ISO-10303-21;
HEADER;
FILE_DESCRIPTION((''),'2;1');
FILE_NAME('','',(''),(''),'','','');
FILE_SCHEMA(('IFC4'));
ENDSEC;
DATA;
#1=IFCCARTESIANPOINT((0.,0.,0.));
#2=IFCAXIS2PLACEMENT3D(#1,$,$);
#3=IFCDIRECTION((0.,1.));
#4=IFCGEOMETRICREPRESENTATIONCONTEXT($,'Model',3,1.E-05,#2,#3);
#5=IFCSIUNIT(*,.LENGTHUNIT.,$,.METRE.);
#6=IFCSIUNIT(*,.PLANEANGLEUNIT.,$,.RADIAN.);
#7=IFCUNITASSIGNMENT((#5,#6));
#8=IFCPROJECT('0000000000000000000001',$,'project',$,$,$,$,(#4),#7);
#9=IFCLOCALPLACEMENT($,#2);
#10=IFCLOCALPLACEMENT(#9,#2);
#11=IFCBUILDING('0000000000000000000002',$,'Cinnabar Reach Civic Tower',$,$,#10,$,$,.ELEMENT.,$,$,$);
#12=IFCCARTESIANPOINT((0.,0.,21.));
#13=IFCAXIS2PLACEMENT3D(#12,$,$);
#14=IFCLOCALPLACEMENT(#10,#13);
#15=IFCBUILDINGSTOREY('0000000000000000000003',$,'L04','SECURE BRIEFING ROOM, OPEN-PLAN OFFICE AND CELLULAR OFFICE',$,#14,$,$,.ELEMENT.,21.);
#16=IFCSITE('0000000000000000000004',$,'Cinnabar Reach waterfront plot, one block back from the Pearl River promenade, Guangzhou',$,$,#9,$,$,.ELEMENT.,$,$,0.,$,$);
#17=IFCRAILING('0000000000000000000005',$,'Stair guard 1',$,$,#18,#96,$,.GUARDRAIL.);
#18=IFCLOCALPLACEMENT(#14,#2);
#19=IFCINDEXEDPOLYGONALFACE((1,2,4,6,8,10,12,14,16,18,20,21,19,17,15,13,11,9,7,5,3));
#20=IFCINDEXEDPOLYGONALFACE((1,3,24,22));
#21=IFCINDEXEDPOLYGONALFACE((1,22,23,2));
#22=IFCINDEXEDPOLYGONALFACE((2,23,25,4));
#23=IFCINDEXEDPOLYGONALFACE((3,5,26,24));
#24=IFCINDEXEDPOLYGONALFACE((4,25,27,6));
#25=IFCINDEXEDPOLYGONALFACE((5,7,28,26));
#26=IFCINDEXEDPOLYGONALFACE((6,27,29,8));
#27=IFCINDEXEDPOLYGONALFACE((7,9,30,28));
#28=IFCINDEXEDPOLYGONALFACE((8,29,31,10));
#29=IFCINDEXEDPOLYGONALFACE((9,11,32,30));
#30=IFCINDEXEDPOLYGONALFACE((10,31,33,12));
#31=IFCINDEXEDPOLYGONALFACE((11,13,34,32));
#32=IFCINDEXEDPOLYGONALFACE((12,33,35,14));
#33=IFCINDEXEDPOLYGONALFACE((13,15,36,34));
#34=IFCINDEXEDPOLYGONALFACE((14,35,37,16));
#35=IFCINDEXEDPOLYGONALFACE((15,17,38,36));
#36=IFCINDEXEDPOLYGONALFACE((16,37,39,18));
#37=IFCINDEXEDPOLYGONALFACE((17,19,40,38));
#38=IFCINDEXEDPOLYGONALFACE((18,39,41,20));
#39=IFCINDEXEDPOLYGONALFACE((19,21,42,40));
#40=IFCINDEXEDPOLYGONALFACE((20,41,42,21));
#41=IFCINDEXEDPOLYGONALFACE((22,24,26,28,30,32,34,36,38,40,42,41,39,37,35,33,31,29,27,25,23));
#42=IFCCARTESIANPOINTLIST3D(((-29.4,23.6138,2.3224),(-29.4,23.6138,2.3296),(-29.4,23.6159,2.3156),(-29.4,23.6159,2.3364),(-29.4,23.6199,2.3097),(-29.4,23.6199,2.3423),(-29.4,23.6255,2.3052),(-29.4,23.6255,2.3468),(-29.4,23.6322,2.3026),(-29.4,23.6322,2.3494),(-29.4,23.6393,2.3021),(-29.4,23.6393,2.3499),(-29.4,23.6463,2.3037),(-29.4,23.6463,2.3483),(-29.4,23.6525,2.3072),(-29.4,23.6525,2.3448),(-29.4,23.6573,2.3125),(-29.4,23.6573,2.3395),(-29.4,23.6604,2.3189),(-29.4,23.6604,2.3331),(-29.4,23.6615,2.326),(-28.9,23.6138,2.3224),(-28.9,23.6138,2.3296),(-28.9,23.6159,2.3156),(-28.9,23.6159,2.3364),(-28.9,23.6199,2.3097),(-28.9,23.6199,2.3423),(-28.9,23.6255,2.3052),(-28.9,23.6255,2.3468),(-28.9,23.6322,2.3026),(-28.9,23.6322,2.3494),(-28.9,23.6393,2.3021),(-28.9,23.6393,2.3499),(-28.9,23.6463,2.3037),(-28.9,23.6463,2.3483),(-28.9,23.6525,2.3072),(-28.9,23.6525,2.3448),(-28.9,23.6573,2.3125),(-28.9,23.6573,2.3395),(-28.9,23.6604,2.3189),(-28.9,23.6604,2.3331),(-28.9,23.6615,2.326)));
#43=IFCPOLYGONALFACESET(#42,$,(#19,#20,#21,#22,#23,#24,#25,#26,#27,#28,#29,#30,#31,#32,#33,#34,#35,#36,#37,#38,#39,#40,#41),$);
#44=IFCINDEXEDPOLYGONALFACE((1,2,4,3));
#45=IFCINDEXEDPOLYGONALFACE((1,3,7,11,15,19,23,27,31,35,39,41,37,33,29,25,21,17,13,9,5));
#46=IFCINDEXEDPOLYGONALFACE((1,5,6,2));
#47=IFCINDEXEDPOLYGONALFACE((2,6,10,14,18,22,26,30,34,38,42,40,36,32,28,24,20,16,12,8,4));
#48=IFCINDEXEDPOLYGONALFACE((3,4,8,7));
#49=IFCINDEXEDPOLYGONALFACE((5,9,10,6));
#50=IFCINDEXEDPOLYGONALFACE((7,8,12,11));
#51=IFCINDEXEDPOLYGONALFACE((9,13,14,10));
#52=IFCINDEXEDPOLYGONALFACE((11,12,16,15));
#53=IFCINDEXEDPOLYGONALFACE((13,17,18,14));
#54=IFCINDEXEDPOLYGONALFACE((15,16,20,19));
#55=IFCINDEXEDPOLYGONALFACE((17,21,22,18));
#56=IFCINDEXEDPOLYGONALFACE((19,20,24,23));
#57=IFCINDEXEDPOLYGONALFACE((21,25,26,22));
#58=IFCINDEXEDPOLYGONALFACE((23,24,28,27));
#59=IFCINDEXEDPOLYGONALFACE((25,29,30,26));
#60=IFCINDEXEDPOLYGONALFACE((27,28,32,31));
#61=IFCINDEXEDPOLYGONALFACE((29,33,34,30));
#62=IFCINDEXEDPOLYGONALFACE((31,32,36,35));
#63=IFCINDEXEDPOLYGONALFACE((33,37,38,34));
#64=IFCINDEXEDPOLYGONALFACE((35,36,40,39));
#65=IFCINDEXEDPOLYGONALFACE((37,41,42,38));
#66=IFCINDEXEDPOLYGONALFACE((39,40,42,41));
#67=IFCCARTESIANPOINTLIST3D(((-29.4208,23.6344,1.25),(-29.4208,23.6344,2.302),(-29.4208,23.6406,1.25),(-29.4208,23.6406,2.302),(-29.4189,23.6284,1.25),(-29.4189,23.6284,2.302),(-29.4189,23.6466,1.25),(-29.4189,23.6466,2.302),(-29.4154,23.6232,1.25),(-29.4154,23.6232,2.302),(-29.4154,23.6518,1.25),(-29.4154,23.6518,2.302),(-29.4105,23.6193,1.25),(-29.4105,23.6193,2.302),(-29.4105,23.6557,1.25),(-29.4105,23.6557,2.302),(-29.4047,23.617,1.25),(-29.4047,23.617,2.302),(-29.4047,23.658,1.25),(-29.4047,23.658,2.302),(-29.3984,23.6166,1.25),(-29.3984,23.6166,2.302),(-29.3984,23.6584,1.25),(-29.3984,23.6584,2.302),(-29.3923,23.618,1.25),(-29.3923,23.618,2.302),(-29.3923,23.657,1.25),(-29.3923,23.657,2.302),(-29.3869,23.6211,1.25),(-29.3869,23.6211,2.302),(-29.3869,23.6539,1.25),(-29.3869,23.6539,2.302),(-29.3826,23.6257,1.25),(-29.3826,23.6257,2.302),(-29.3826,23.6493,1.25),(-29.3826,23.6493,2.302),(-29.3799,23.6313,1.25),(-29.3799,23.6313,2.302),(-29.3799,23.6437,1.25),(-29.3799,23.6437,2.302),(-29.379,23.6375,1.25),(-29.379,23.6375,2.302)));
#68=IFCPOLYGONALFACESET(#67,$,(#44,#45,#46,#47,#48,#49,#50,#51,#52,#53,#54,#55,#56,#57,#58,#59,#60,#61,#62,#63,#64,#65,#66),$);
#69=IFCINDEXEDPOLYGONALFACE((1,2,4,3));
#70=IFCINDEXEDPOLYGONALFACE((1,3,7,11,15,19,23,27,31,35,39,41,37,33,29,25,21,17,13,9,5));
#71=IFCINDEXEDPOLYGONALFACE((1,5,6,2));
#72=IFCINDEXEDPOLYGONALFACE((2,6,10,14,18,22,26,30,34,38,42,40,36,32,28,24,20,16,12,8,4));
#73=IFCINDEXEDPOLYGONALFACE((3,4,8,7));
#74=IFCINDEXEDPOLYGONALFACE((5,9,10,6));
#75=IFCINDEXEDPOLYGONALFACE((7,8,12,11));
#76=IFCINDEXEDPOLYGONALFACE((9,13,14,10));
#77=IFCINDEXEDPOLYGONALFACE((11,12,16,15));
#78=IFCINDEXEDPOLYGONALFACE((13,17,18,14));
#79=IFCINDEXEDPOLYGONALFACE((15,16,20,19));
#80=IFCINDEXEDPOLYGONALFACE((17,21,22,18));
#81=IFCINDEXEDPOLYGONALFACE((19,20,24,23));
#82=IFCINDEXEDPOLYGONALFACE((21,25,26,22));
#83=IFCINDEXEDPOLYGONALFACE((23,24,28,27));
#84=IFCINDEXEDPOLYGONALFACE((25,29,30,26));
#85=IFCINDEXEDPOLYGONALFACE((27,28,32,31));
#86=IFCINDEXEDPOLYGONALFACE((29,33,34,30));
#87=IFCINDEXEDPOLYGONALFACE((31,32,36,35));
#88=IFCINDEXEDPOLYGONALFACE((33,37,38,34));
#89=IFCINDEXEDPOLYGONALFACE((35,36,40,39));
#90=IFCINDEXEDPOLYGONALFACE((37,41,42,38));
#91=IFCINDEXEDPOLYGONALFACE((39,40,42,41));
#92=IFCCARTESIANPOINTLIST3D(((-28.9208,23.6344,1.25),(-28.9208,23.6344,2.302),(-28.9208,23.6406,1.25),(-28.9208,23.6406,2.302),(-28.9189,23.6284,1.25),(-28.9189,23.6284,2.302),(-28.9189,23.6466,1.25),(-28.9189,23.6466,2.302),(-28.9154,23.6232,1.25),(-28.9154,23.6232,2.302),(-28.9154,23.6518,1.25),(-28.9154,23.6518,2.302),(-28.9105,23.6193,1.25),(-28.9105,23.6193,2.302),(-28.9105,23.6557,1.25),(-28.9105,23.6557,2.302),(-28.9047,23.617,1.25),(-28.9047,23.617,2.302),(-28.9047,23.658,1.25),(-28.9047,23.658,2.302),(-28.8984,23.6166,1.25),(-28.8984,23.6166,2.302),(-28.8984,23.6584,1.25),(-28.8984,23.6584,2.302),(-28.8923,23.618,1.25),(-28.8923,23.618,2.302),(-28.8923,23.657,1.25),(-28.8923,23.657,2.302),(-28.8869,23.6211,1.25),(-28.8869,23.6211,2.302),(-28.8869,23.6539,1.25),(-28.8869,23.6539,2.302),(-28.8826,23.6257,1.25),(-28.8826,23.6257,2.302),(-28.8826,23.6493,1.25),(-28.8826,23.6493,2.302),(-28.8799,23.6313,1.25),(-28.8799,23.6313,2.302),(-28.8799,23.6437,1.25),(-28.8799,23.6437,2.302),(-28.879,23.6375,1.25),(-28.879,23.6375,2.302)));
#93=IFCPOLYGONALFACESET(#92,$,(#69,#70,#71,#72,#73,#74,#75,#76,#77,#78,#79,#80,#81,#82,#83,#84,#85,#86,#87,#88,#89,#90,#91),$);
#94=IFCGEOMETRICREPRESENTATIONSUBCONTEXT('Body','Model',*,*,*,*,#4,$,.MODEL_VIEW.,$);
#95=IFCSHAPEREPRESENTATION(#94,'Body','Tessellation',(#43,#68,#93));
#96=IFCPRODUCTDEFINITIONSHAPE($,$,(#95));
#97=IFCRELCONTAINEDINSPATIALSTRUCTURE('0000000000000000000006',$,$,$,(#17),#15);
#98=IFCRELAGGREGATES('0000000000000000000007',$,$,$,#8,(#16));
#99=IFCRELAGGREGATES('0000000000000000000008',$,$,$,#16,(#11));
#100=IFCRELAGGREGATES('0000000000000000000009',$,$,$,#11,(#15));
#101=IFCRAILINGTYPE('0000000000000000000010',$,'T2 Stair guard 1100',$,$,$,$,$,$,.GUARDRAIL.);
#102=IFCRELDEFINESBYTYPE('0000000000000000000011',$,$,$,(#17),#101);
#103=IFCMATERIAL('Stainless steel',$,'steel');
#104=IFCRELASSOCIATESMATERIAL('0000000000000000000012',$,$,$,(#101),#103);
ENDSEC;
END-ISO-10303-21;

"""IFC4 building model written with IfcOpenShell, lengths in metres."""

from ifc_helpers import new_model, si_unit, direction, frame, origin, origin_2d, place, context, subcontext, project, spatial, circle, extrude, material, type_object, element, save


model = new_model("IFC4")

# Units and contexts
model_context = context("Model", 3, precision=1e-05, world=origin(), true_north=direction((0.0, 1.0)))
body_context = subcontext(model_context, "Body", "Model", "MODEL_VIEW")
ifc_project = project(units=[si_unit("LENGTHUNIT", "METRE"), si_unit("PLANEANGLEUNIT", "RADIAN")], contexts=[model_context])

# Site, building, storey
site_placement = place(None, origin())
site = spatial("IfcSite", under=ifc_project, at=site_placement, Name="Cinnabar Reach waterfront plot, one block back from the Pearl River promenade, Guangzhou", CompositionType="ELEMENT", RefElevation=0.0)
building_placement = place(site_placement, origin())
building = spatial("IfcBuilding", under=site, at=building_placement, Name="Cinnabar Reach Civic Tower", CompositionType="ELEMENT")
storey_placement = place(building_placement, frame((0.0, 0.0, 21.0)))
storey = spatial("IfcBuildingStorey", under=building, at=storey_placement, Name="L04", Description="SECURE BRIEFING ROOM, OPEN-PLAN OFFICE AND CELLULAR OFFICE", CompositionType="ELEMENT", Elevation=21.0)

# Railing
ifc_material_1 = material(Name="Stainless steel", Category="steel")
railing_type = type_object("IfcRailingType", Name="T2 Stair guard 1100", PredefinedType="GUARDRAIL", material=ifc_material_1)
railing_1_placement = place(storey_placement, frame((-29.4, 23.6375, 1.25)))
element("IfcRailing", 1, at=railing_1_placement, inside=storey, type_object=railing_type, Name="Stair guard 1", PredefinedType="GUARDRAIL", context=body_context, shape_type="SweptSolid", body=[
    extrude(circle(Radius=0.024, at=origin_2d()), frame((0.0, 0.0, 1.076), z_axis=(1.0, 0.0, 0.0), x_axis=(0.0, 1.0, 0.0)), (0.0, 0.0, 1.0), 0.5),
    extrude(circle(Radius=0.021, at=origin_2d()), origin(), (0.0, 0.0, 1.0), 1.052),
    extrude(circle(Radius=0.021, at=origin_2d()), frame((0.5, 0.0, 0.0)), (0.0, 0.0, 1.0), 1.052),
])

save(model, "model.ifc")
